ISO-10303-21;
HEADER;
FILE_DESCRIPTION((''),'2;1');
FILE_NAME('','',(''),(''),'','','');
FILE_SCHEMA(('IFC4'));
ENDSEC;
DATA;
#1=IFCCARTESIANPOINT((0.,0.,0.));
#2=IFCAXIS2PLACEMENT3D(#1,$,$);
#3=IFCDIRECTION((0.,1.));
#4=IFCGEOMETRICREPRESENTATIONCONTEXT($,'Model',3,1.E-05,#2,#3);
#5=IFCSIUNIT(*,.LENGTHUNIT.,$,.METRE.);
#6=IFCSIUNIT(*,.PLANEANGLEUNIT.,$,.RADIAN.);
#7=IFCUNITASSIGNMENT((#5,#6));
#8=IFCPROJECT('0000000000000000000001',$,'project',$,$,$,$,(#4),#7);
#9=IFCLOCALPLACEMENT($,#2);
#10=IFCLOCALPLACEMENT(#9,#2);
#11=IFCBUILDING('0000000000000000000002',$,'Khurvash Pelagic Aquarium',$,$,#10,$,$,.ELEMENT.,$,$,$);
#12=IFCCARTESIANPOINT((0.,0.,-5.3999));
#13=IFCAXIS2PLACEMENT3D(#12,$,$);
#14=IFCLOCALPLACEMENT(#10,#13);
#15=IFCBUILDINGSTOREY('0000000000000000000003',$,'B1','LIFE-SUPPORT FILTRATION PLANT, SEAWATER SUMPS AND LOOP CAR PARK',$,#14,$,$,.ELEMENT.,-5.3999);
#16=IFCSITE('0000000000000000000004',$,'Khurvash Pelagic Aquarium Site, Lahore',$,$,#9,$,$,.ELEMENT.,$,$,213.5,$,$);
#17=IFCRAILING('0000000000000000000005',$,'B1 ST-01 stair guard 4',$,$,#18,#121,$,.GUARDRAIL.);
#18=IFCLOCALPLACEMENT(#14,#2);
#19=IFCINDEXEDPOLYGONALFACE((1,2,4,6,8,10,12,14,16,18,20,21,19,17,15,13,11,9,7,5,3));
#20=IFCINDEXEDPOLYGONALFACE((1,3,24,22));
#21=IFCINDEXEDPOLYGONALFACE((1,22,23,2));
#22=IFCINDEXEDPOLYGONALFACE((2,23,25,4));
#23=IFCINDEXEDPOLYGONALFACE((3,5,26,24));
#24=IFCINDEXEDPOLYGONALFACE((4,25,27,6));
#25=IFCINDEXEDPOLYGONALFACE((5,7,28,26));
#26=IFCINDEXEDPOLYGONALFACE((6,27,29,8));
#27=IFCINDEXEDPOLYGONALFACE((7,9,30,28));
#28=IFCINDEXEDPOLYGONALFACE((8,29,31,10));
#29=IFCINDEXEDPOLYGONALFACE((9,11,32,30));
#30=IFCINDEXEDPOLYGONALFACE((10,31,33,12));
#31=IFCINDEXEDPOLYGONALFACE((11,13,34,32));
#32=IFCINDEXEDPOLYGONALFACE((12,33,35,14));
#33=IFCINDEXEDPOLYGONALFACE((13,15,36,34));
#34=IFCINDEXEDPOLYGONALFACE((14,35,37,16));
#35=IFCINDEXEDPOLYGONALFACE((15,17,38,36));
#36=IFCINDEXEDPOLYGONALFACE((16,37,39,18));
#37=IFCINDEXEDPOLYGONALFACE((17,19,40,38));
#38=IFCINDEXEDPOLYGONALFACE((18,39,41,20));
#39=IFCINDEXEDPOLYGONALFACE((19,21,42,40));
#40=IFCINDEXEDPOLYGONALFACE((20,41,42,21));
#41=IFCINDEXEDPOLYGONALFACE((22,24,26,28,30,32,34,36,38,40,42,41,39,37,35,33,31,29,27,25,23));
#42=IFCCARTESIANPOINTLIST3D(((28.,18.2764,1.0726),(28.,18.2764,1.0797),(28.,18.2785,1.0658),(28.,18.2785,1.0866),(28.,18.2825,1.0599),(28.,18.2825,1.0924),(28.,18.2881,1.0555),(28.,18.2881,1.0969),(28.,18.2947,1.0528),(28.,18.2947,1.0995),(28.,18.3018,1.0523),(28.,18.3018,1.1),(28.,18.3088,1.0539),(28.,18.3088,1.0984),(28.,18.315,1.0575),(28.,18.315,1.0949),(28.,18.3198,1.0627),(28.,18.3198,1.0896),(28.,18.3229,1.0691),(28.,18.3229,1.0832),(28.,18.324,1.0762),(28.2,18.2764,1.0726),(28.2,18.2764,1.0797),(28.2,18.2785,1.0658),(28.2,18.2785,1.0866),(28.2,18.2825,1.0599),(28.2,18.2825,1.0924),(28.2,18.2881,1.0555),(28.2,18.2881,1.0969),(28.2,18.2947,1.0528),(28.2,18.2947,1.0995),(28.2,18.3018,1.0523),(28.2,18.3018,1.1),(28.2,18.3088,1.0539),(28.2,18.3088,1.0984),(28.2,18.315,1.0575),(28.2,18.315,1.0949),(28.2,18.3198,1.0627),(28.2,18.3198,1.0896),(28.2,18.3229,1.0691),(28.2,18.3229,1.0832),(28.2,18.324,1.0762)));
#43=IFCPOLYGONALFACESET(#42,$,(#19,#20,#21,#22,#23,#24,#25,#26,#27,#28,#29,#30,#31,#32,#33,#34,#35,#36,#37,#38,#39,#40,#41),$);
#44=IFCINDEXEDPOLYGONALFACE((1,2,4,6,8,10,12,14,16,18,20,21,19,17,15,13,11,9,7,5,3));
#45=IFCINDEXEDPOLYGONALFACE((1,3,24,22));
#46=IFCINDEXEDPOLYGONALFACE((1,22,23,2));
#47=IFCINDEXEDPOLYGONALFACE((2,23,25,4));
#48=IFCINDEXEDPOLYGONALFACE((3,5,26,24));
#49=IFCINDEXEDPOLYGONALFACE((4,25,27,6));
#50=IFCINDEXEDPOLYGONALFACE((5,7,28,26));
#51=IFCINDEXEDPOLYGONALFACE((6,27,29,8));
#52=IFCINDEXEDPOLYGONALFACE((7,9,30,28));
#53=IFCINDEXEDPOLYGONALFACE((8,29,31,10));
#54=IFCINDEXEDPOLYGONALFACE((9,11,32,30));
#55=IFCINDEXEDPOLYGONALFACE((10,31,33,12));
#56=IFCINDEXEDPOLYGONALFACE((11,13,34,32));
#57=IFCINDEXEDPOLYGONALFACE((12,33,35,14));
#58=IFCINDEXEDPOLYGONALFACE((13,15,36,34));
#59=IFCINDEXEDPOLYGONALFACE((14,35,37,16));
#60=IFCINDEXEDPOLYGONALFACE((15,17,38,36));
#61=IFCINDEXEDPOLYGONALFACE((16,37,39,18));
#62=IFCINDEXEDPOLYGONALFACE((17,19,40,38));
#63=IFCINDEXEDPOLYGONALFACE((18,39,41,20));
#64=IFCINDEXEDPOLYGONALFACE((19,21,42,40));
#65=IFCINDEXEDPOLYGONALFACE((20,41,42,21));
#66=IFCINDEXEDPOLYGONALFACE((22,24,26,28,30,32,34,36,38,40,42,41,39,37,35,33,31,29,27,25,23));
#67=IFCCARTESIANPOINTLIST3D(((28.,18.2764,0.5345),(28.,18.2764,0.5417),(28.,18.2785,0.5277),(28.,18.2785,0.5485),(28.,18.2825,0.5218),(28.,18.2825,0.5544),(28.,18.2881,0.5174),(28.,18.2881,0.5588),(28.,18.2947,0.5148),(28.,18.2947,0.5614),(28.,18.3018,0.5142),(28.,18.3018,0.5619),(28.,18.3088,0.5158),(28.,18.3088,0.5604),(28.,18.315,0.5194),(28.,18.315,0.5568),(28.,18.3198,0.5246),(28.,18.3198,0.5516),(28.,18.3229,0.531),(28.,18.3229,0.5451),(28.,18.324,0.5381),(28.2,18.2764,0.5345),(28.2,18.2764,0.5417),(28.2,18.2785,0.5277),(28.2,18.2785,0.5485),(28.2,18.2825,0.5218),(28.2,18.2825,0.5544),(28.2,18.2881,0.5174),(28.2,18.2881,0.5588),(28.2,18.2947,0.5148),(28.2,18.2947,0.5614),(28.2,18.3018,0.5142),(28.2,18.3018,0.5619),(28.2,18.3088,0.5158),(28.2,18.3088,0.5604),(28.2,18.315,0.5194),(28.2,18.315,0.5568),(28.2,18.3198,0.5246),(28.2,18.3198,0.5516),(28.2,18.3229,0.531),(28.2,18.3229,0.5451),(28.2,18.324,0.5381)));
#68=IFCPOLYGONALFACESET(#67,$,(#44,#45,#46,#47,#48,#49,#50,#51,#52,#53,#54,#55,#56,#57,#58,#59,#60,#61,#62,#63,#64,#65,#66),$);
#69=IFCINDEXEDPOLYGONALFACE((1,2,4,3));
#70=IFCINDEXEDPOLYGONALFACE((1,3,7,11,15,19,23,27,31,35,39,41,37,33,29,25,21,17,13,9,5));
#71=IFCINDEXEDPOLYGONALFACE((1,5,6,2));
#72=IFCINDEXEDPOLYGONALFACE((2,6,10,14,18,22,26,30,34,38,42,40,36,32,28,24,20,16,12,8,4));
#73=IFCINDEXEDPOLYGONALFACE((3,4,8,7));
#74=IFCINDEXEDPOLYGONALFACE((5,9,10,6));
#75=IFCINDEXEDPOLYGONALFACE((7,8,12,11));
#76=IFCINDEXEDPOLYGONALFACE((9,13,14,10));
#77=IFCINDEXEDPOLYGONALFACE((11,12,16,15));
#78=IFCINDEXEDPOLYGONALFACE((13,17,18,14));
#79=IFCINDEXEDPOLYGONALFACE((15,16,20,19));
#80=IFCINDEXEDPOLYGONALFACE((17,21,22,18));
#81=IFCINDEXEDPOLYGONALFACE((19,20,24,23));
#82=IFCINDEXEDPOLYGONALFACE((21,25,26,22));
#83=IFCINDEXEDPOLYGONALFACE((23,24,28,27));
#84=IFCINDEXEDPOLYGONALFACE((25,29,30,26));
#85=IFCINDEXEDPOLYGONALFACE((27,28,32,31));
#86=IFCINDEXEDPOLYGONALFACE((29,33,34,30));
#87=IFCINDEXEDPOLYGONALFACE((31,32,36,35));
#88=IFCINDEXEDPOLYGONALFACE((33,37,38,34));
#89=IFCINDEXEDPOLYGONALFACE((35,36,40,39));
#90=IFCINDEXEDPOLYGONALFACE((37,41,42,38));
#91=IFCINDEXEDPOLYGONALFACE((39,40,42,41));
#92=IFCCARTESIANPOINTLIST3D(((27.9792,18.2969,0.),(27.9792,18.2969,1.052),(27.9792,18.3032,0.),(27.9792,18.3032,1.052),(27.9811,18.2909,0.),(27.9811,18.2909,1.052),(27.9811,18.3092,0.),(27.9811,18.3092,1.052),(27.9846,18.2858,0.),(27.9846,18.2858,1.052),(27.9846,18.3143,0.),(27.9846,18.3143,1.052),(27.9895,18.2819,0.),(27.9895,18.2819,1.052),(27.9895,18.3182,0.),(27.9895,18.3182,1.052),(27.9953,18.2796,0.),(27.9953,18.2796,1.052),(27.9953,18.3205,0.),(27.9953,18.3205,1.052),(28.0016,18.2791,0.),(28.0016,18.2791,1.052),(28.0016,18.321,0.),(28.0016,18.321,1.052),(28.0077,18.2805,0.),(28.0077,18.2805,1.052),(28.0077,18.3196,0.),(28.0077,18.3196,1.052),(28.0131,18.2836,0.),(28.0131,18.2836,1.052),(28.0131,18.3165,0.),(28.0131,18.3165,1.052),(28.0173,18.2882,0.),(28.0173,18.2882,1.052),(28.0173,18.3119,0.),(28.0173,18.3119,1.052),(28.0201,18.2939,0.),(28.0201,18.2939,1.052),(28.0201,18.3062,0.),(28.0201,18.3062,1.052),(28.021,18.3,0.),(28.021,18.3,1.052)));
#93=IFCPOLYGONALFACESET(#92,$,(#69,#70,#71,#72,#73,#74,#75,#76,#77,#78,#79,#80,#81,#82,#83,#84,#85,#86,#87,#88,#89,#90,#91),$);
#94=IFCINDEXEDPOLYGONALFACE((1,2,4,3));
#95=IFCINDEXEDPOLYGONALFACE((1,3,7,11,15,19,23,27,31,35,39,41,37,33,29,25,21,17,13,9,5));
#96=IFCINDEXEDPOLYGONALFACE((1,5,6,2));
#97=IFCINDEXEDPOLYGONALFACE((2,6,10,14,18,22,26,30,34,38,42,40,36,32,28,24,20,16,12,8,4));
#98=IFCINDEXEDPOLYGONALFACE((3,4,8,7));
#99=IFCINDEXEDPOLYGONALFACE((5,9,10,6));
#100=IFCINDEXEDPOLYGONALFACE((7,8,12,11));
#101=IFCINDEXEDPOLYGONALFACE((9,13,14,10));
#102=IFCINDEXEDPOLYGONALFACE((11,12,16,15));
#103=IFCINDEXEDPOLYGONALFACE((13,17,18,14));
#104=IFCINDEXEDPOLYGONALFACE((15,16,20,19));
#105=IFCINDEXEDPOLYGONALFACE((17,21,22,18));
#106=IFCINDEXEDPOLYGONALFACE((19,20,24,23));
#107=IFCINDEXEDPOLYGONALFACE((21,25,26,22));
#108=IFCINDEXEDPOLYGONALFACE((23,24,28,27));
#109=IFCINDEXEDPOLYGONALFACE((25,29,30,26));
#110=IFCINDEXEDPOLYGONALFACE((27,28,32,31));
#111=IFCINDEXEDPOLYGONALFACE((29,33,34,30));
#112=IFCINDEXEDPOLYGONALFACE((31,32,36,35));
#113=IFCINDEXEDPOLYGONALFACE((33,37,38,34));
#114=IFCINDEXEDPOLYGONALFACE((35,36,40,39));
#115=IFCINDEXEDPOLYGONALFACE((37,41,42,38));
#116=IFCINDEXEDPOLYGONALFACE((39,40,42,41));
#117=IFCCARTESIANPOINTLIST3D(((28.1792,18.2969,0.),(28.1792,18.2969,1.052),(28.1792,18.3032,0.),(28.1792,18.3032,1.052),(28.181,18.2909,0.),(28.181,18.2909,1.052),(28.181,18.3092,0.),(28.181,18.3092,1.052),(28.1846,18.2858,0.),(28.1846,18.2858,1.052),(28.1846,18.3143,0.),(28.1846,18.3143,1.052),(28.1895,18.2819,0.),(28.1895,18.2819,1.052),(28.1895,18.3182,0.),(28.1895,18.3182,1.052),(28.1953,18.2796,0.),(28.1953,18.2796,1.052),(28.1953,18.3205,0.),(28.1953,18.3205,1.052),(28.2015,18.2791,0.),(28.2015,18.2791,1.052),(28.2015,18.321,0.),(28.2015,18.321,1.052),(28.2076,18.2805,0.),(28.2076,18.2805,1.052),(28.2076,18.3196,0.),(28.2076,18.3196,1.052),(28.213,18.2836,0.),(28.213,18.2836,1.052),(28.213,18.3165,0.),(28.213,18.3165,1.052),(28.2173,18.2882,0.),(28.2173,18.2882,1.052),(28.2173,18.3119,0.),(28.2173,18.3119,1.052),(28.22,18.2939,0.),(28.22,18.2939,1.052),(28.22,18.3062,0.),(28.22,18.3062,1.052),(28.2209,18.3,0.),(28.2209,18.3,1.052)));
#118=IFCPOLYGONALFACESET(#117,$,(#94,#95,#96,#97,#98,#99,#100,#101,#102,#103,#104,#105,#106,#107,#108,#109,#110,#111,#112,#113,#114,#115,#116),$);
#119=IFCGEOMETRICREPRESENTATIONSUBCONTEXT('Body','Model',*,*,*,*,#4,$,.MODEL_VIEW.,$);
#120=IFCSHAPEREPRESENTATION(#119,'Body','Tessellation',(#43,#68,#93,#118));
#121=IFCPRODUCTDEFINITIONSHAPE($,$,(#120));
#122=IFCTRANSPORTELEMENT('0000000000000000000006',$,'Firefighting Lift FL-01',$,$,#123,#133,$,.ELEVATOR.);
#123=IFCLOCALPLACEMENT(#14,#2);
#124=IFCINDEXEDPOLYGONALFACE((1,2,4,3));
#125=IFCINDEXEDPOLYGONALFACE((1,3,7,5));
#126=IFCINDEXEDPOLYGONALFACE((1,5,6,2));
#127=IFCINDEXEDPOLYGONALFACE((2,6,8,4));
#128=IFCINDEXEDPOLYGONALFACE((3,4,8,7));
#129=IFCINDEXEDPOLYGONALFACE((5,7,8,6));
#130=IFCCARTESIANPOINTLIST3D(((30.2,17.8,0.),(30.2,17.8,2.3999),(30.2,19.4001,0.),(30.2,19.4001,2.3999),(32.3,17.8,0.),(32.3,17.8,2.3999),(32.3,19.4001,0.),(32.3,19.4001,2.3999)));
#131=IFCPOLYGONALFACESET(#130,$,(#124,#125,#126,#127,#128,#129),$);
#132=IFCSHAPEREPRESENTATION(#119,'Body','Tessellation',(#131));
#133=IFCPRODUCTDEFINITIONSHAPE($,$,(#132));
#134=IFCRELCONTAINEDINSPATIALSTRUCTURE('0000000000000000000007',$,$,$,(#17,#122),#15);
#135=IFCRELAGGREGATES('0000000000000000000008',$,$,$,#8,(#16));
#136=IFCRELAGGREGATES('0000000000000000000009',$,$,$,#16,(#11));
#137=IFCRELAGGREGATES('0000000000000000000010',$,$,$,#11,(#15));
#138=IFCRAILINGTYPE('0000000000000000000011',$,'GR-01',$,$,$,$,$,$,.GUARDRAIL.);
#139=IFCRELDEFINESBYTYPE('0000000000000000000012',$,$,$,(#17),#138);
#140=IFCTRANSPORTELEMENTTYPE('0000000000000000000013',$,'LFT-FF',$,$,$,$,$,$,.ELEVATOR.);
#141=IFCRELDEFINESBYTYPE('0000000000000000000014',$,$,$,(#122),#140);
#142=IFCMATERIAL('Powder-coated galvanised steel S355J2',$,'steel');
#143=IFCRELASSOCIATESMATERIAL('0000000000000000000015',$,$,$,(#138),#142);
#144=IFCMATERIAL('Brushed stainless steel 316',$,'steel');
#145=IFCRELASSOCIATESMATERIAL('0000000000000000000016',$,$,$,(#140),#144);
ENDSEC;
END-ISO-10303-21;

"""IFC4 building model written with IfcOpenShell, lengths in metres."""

from ifc_helpers import new_model, si_unit, direction, frame, origin, origin_2d, place, context, subcontext, project, spatial, rectangle, circle, extrude, material, type_object, element, save


model = new_model("IFC4")

# Units and contexts
model_context = context("Model", 3, precision=1e-05, world=origin(), true_north=direction((0.0, 1.0)))
body_context = subcontext(model_context, "Body", "Model", "MODEL_VIEW")
ifc_project = project(units=[si_unit("LENGTHUNIT", "METRE"), si_unit("PLANEANGLEUNIT", "RADIAN")], contexts=[model_context])

# Site, building, storey
site_placement = place(None, origin())
site = spatial("IfcSite", under=ifc_project, at=site_placement, Name="Khurvash Pelagic Aquarium Site, Lahore", CompositionType="ELEMENT", RefElevation=213.5)
building_placement = place(site_placement, origin())
building = spatial("IfcBuilding", under=site, at=building_placement, Name="Khurvash Pelagic Aquarium", CompositionType="ELEMENT")
storey_placement = place(building_placement, frame((0.0, 0.0, -5.3999)))
storey = spatial("IfcBuildingStorey", under=building, at=storey_placement, Name="B1", Description="LIFE-SUPPORT FILTRATION PLANT, SEAWATER SUMPS AND LOOP CAR PARK", CompositionType="ELEMENT", Elevation=-5.3999)

# Railing
ifc_material_1 = material(Name="Powder-coated galvanised steel S355J2", Category="steel")
railing_type = type_object("IfcRailingType", Name="GR-01", PredefinedType="GUARDRAIL", material=ifc_material_1)
railing_1_placement = place(storey_placement, frame((28.0, 18.3, 0.0)))
element("IfcRailing", 1, at=railing_1_placement, inside=storey, type_object=railing_type, Name="B1 ST-01 stair guard 4", PredefinedType="GUARDRAIL", context=body_context, shape_type="SweptSolid", body=[
    extrude(circle(Radius=0.0239, at=origin_2d()), frame((0.0, 0.0, 1.0762), z_axis=(1.0, 0.0, 0.0), x_axis=(0.0, 1.0, 0.0)), (0.0, 0.0, 1.0), 0.2),
    extrude(circle(Radius=0.0239, at=origin_2d()), frame((0.0, 0.0, 0.5381), z_axis=(1.0, 0.0, 0.0), x_axis=(0.0, 1.0, 0.0)), (0.0, 0.0, 1.0), 0.2),
    extrude(circle(Radius=0.021, at=origin_2d()), origin(), (0.0, 0.0, 1.0), 1.052),
    extrude(circle(Radius=0.021, at=origin_2d()), frame((0.2, 0.0, 0.0)), (0.0, 0.0, 1.0), 1.052),
])

# Transport element
ifc_material_2 = material(Name="Brushed stainless steel 316", Category="steel")
transport_element_type = type_object("IfcTransportElementType", Name="LFT-FF", PredefinedType="ELEVATOR", material=ifc_material_2)
transport_element_placement = place(storey_placement, frame((31.25, 18.6001, 0.0), z_axis=(0.0, 0.0, 1.0), x_axis=(1.0, 0.0, 0.0)))
element("IfcTransportElement", 2, at=transport_element_placement, inside=storey, type_object=transport_element_type, Name="Firefighting Lift FL-01", PredefinedType="ELEVATOR", context=body_context, shape_type="SweptSolid", body=[
    extrude(rectangle(XDim=2.1001, YDim=1.6001, at=origin_2d()), origin(), (0.0, 0.0, 1.0), 2.3999),
])

save(model, "model.ifc")
